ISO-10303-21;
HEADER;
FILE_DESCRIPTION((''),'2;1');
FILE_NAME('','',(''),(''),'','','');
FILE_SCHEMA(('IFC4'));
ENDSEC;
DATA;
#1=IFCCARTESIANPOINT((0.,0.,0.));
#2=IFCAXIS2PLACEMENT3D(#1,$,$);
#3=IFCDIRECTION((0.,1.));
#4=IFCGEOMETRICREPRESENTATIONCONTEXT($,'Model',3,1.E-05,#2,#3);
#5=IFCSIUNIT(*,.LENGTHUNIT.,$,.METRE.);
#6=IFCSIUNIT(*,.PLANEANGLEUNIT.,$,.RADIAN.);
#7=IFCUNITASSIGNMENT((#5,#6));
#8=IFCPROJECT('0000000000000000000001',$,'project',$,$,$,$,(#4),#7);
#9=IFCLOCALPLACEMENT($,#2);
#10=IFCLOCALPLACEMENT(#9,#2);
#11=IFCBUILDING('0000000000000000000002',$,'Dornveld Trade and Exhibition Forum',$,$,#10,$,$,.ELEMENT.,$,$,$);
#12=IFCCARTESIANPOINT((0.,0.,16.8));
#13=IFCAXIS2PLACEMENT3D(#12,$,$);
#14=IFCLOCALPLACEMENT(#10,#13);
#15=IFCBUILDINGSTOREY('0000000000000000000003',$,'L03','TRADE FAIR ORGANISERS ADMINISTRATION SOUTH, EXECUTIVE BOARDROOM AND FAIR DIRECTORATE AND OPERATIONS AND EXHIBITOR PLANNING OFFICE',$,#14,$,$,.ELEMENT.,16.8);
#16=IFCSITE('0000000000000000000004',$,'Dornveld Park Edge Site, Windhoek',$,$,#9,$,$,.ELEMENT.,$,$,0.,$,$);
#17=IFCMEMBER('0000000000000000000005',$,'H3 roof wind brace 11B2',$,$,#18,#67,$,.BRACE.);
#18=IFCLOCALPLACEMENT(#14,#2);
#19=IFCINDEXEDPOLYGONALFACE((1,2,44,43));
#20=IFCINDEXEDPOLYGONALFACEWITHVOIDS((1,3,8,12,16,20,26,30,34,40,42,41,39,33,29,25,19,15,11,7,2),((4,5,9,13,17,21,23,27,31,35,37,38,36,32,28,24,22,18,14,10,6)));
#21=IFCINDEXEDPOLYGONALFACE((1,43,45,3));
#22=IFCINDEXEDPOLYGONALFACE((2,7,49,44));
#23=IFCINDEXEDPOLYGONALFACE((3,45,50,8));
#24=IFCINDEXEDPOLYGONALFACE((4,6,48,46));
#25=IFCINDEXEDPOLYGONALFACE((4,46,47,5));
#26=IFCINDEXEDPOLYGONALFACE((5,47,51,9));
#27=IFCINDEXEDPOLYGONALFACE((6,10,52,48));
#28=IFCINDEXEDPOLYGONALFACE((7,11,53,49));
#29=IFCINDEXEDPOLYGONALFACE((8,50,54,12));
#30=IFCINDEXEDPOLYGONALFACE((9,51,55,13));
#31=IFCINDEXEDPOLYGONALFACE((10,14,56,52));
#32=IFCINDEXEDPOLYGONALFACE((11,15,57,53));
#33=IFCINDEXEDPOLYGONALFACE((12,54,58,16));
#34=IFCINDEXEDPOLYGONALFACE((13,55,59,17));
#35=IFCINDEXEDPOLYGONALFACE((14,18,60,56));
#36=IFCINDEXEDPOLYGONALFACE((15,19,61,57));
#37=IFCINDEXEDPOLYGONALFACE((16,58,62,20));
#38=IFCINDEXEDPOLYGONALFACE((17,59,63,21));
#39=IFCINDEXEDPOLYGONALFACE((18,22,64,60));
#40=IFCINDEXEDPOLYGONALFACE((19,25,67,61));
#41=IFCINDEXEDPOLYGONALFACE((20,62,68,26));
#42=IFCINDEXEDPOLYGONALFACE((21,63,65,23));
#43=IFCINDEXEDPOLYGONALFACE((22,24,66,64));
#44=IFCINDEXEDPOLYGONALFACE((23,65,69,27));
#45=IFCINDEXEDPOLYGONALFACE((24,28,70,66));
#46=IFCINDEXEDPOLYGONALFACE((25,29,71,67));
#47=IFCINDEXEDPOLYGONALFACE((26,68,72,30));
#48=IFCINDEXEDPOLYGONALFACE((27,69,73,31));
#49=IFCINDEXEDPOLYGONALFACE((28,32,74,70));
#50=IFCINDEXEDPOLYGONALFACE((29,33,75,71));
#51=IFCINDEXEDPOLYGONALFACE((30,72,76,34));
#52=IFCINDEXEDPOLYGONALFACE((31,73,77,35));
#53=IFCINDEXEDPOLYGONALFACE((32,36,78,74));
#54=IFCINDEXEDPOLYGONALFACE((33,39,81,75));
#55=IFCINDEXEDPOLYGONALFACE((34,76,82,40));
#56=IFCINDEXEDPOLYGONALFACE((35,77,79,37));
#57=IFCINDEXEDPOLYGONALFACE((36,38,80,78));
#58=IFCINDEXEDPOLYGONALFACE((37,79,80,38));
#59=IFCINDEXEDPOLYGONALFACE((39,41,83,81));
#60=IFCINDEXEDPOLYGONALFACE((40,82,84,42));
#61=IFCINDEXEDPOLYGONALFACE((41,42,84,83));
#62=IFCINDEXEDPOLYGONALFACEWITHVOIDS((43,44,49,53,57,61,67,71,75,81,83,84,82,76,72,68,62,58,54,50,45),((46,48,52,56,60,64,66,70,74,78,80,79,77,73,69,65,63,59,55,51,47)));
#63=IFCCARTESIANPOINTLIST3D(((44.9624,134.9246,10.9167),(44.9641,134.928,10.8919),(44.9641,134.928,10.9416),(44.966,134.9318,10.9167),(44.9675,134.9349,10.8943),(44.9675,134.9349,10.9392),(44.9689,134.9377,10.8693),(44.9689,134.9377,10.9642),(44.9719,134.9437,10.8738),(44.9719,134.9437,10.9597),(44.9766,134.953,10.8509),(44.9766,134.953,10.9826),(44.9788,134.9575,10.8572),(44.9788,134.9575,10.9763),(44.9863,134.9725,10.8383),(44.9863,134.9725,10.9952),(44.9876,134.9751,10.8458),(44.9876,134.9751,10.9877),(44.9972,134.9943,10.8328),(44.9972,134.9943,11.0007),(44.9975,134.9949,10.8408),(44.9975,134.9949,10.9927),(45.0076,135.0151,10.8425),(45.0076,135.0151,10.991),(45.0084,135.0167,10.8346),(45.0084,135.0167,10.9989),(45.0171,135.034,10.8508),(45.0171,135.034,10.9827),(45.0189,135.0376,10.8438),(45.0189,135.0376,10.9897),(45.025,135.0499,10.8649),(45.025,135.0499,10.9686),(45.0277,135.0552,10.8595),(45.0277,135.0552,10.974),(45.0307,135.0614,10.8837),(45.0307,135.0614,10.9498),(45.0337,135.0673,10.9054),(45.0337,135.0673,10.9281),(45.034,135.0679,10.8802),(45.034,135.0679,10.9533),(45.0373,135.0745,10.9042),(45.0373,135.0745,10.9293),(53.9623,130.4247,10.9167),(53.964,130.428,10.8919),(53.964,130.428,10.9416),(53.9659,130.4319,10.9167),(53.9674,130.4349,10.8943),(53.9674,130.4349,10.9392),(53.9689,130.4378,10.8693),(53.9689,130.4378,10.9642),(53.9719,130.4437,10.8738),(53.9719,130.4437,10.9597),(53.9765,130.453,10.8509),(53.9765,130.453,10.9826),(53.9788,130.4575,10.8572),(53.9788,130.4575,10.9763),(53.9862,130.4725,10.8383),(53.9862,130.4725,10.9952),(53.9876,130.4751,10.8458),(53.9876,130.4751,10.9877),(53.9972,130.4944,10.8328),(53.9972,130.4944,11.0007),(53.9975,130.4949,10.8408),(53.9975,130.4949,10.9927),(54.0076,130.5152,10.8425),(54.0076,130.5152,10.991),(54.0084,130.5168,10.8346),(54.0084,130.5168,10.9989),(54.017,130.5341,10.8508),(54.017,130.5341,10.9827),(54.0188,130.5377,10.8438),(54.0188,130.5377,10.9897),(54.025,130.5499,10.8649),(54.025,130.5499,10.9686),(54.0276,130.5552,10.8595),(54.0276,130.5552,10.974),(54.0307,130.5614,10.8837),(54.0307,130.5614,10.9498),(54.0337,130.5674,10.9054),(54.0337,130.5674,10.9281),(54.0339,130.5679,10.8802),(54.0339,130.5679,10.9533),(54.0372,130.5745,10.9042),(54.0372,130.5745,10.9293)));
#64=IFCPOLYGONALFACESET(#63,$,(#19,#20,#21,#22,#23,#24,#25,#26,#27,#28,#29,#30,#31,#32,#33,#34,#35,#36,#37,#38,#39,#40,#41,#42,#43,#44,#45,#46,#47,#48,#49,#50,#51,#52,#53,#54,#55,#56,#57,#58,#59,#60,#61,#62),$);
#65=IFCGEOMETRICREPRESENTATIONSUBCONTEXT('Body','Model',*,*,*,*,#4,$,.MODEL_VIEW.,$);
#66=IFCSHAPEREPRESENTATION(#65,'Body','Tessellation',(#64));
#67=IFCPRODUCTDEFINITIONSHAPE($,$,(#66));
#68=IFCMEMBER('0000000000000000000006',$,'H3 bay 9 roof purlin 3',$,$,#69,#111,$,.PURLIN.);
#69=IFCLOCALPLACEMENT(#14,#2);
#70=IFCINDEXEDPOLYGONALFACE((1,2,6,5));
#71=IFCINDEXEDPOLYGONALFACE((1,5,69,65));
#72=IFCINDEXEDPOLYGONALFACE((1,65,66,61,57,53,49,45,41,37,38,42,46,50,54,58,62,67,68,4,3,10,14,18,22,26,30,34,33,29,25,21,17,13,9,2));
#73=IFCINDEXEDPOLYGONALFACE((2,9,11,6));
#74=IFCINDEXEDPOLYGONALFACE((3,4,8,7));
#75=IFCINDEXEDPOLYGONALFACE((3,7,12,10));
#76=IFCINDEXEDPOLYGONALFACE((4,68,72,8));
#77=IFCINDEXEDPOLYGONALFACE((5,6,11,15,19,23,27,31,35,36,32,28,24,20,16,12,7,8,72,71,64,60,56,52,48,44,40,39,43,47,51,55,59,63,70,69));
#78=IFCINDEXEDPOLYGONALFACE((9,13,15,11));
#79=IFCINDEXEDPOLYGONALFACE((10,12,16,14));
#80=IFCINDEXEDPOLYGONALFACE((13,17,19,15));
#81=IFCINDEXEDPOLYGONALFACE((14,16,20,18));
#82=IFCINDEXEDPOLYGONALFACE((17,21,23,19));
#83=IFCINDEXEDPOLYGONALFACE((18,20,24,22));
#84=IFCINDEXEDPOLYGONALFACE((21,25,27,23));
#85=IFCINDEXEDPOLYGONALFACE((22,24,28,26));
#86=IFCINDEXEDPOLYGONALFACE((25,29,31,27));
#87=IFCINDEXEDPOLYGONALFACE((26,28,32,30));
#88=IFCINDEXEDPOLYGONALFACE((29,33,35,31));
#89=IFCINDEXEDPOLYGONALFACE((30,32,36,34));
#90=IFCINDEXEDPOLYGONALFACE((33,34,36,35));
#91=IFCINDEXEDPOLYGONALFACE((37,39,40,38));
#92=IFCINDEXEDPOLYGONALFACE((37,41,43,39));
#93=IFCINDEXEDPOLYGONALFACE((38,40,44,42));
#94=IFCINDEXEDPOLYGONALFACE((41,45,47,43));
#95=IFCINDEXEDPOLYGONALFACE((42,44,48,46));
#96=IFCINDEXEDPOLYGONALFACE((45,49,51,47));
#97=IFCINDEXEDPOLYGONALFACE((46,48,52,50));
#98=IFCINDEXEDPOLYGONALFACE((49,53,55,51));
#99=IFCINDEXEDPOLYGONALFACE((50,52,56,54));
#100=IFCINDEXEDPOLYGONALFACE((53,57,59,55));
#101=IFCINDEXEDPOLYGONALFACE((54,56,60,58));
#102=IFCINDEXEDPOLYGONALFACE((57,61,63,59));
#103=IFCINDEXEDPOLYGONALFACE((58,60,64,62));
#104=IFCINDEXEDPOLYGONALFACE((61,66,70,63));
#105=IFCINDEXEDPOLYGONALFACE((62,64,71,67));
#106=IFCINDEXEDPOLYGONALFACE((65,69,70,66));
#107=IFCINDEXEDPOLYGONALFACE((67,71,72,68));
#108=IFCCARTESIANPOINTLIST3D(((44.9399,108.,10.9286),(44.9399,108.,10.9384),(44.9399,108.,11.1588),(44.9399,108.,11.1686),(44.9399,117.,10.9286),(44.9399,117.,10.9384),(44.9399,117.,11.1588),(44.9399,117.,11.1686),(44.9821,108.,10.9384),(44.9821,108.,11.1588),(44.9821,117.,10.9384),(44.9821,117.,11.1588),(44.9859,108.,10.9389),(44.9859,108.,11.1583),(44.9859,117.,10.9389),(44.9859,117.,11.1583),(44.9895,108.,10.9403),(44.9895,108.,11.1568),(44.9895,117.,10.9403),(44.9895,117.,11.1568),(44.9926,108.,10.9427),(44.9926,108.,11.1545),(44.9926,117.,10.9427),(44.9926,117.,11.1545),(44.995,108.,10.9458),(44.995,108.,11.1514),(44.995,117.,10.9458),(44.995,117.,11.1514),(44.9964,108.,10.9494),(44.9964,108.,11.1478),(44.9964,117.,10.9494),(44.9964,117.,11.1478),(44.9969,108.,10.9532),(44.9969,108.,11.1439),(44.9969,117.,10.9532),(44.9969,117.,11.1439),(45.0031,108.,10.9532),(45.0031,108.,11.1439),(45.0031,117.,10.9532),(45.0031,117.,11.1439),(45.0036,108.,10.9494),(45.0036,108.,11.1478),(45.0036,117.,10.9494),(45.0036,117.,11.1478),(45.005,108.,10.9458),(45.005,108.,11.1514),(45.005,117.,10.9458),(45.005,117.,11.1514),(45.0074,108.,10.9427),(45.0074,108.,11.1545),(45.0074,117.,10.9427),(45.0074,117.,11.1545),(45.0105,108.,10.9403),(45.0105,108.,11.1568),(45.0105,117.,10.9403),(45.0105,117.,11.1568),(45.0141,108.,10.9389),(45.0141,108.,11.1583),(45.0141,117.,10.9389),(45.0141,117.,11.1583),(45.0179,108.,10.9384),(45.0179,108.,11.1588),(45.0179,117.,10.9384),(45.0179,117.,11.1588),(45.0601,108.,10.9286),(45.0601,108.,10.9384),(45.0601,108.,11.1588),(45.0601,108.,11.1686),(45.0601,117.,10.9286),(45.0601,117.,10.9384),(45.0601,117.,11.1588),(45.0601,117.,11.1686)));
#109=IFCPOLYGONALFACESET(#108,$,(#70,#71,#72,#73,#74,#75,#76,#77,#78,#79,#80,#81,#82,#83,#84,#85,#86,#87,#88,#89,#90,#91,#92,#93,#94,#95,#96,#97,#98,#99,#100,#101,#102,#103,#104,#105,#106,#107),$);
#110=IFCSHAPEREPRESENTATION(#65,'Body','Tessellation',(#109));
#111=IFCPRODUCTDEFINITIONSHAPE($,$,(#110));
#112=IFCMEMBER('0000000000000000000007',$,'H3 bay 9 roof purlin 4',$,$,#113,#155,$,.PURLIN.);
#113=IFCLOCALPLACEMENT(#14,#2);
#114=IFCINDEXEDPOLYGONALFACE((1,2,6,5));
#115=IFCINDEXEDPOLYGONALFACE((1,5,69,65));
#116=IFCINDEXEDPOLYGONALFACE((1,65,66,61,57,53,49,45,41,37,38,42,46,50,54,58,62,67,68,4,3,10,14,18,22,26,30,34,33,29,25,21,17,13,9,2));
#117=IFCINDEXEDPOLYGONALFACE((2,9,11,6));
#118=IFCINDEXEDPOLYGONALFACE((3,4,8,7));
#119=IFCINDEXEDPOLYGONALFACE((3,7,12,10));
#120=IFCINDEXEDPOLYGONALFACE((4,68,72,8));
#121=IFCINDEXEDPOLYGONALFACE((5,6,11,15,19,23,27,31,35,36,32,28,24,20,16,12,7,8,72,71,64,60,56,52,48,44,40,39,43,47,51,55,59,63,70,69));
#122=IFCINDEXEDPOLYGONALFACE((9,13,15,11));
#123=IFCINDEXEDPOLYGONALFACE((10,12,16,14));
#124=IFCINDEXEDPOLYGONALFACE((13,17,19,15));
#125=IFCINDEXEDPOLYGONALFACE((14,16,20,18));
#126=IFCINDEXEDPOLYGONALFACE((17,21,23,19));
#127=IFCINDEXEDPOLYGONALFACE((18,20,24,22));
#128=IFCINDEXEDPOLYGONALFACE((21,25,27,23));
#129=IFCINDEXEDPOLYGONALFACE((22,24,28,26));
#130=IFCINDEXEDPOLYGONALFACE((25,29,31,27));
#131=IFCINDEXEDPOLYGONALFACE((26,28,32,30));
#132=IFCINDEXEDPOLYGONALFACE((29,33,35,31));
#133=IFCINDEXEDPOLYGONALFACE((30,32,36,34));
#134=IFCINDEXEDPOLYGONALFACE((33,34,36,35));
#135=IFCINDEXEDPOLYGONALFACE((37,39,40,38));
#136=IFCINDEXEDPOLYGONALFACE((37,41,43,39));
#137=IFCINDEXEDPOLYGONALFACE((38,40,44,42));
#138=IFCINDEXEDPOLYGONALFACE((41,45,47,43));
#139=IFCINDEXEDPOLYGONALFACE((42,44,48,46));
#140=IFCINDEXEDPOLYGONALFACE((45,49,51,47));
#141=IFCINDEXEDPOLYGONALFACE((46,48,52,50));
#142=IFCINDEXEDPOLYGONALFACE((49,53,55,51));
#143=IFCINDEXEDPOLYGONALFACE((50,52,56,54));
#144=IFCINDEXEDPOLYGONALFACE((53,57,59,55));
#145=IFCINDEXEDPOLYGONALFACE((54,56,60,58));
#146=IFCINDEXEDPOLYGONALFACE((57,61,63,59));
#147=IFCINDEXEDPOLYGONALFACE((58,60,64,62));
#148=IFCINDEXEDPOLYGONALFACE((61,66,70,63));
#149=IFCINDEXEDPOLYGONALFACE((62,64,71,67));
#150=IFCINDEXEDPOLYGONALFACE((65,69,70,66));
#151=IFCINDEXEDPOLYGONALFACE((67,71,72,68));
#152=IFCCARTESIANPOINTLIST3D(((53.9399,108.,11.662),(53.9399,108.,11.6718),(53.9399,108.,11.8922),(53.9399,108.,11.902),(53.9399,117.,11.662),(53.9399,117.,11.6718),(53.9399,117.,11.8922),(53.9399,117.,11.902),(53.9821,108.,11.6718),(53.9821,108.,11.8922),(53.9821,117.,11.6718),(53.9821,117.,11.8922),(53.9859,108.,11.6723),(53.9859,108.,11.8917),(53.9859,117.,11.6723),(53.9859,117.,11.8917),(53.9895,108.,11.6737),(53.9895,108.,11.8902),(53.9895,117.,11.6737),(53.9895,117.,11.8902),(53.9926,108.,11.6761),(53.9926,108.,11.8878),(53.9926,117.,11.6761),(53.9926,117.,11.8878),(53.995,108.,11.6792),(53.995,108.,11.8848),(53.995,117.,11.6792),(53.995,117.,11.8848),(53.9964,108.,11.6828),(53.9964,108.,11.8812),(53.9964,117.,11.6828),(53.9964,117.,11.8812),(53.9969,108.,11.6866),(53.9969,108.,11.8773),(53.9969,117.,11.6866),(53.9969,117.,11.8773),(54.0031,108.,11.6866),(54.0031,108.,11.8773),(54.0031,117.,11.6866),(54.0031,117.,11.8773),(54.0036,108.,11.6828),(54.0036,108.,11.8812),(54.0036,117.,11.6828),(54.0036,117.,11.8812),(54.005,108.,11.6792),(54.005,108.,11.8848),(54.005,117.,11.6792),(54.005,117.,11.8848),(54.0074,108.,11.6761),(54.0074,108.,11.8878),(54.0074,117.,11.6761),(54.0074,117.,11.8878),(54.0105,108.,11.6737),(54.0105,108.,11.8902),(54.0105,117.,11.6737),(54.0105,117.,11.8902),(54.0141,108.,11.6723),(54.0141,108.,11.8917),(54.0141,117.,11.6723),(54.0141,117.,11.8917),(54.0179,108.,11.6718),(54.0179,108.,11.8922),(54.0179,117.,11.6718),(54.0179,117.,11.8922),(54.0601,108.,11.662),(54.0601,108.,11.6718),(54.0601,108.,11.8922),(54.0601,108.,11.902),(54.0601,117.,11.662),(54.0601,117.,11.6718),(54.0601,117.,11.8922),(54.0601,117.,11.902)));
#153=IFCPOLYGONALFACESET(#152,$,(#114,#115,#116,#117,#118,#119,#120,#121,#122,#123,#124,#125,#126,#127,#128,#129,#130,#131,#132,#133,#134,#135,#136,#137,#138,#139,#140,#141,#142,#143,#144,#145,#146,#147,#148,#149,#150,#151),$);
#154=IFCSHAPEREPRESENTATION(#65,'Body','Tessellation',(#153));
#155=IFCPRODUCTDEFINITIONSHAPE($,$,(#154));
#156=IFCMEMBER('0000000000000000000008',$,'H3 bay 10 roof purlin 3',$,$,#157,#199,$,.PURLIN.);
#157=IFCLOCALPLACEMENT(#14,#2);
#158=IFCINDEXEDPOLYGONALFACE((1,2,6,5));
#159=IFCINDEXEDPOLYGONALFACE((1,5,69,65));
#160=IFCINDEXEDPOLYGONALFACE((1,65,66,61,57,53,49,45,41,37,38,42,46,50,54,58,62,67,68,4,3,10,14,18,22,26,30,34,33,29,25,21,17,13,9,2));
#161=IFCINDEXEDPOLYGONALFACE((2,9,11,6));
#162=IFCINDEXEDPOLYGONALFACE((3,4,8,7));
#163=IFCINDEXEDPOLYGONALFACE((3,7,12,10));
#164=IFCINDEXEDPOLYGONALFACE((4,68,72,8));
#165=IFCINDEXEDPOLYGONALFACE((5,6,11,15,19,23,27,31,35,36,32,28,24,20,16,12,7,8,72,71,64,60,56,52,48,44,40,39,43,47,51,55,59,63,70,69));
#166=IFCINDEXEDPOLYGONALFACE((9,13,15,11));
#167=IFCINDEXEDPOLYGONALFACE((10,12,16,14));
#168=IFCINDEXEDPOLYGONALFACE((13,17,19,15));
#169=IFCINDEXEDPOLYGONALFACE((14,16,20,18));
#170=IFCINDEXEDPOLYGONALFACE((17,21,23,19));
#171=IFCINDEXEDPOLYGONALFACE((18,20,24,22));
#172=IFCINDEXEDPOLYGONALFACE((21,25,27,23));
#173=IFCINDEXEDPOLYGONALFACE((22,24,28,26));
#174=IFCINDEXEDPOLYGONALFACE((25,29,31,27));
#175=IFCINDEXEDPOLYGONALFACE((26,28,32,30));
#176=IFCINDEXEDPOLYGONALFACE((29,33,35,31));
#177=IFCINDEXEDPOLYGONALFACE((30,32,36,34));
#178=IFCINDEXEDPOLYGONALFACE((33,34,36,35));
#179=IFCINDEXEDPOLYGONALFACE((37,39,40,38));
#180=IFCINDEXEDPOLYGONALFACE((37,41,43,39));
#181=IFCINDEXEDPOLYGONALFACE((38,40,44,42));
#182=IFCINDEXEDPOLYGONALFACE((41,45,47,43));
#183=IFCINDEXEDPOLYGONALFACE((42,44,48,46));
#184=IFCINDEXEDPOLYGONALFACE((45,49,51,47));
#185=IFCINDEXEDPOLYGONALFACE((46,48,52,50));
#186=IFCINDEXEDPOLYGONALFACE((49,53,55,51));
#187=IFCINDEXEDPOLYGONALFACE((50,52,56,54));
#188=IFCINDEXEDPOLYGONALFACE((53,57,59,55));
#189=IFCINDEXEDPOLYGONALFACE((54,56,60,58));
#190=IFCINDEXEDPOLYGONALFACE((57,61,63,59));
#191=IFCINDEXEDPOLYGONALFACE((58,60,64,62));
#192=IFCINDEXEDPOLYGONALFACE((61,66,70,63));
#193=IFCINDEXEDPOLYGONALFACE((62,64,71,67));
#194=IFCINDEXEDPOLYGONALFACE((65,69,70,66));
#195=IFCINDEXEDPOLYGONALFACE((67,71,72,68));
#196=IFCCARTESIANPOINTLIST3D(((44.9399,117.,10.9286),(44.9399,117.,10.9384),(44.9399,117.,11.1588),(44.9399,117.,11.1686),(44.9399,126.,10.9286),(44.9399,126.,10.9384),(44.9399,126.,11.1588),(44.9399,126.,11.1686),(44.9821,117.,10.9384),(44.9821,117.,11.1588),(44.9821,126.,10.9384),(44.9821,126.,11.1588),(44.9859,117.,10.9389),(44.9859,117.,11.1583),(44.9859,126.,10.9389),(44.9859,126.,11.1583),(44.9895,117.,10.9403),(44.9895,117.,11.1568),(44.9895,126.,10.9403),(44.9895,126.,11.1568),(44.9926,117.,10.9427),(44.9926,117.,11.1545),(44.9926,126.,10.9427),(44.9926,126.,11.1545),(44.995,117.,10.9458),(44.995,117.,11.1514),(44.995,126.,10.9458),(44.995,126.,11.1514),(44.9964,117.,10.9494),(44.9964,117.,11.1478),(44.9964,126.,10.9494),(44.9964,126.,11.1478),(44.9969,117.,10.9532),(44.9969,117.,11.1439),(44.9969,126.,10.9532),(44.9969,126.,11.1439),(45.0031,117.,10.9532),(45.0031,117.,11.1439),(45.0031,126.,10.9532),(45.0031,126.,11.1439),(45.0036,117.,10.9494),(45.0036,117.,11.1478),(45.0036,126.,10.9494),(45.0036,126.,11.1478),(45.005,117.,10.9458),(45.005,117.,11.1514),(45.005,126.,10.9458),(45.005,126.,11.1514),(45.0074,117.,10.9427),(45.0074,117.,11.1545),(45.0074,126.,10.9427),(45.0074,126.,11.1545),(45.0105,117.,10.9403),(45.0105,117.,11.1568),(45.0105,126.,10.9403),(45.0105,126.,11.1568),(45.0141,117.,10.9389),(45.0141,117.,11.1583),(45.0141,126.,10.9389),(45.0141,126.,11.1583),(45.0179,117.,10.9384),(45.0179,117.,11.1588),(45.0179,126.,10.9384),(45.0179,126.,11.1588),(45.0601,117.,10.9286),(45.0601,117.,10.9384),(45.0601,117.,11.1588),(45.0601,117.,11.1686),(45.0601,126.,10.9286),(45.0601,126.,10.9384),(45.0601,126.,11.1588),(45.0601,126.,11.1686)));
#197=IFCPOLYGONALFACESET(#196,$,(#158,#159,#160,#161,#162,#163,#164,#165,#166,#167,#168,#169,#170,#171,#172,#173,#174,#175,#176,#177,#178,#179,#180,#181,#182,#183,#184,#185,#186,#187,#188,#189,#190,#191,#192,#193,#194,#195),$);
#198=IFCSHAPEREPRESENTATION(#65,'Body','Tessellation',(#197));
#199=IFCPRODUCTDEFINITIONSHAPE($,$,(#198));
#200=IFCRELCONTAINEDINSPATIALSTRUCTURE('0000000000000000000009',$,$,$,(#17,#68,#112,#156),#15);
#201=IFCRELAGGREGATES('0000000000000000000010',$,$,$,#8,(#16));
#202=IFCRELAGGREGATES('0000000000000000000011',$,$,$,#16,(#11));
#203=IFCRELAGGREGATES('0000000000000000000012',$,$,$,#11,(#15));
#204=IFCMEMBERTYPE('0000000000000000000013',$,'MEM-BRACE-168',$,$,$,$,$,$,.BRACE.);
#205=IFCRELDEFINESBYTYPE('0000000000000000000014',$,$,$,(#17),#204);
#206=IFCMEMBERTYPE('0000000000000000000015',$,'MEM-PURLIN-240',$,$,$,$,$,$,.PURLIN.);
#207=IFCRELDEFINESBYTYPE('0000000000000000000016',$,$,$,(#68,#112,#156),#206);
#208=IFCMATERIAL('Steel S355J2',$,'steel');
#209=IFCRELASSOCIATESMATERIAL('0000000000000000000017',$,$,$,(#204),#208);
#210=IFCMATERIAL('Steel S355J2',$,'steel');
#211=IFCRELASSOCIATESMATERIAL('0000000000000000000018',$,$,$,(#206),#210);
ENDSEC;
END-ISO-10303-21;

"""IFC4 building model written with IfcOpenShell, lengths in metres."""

from ifc_helpers import new_model, si_unit, direction, frame, origin, origin_2d, place, context, subcontext, project, spatial, hollow_circle, i_section, extrude, material, material_profile, profile_set, type_object, element, save


model = new_model("IFC4")

# Units and contexts
model_context = context("Model", 3, precision=1e-05, world=origin(), true_north=direction((0.0, 1.0)))
body_context = subcontext(model_context, "Body", "Model", "MODEL_VIEW")
ifc_project = project(units=[si_unit("LENGTHUNIT", "METRE"), si_unit("PLANEANGLEUNIT", "RADIAN")], contexts=[model_context])

# Site, building, storey
site_placement = place(None, origin())
site = spatial("IfcSite", under=ifc_project, at=site_placement, Name="Dornveld Park Edge Site, Windhoek", CompositionType="ELEMENT", RefElevation=0.0)
building_placement = place(site_placement, origin())
building = spatial("IfcBuilding", under=site, at=building_placement, Name="Dornveld Trade and Exhibition Forum", CompositionType="ELEMENT")
storey_placement = place(building_placement, frame((0.0, 0.0, 16.8)))
storey = spatial("IfcBuildingStorey", under=building, at=storey_placement, Name="L03", Description="TRADE FAIR ORGANISERS ADMINISTRATION SOUTH, EXECUTIVE BOARDROOM AND FAIR DIRECTORATE AND OPERATIONS AND EXHIBITOR PLANNING OFFICE", CompositionType="ELEMENT", Elevation=16.8)

# Members
ifc_material_1 = material(Name="Steel S355J2", Category="steel")
ifc_material_profile_1 = material_profile(ifc_material_1, hollow_circle(Radius=0.0842, WallThickness=0.0081, at=origin_2d()), Name="CHS 168.3x8")
ifc_profile_set_1 = profile_set([ifc_material_profile_1], Name="Steel S355J2")
member_type_1 = type_object("IfcMemberType", Name="MEM-BRACE-168", PredefinedType="BRACE", material=ifc_profile_set_1)
member_1_placement = place(storey_placement, frame((54.0, 130.5, 10.9167), z_axis=(-0.894427, 0.447214, 0.0), x_axis=(-0.447214, -0.894427, 0.0)))
element("IfcMember", 1, at=member_1_placement, inside=storey, type_object=member_type_1, Name="H3 roof wind brace 11B2", PredefinedType="BRACE", context=body_context, shape_type="SweptSolid", body=[
    extrude(hollow_circle(Radius=0.0842, WallThickness=0.0081, at=origin_2d()), origin(), (0.0, 0.0, 1.0), 10.0623),
])
ifc_material_2 = material(Name="Steel S355J2", Category="steel")
ifc_material_profile_2 = material_profile(ifc_material_2, i_section(OverallWidth=0.1201, OverallDepth=0.24, WebThickness=0.0061, FlangeThickness=0.0098, FilletRadius=0.0149, at=origin_2d()), Name="IPE 240")
ifc_profile_set_2 = profile_set([ifc_material_profile_2], Name="Steel S355J2")
member_type_2 = type_object("IfcMemberType", Name="MEM-PURLIN-240", PredefinedType="PURLIN", material=ifc_profile_set_2)
for number, where, z_axis, x_axis, name in (
    (2, (45.0, 108.0, 11.0486), (0.0, 1.0, 0.0), (-1.0, 0.0, 0.0), "H3 bay 9 roof purlin 3"),
    (3, (54.0, 108.0, 11.782), (0.0, 1.0, 0.0), (-1.0, 0.0, 0.0), "H3 bay 9 roof purlin 4"),
    (4, (45.0, 117.0, 11.0486), (0.0, 1.0, 0.0), (-1.0, 0.0, 0.0), "H3 bay 10 roof purlin 3"),
):
    element("IfcMember", number, at=place(storey_placement, frame(where, z_axis=z_axis, x_axis=x_axis)), inside=storey, type_object=member_type_2, Name=name, PredefinedType="PURLIN", context=body_context, shape_type="SweptSolid", body=[
        extrude(i_section(OverallWidth=0.1201, OverallDepth=0.24, WebThickness=0.0061, FlangeThickness=0.0098, FilletRadius=0.0149, at=origin_2d()), origin(), (0.0, 0.0, 1.0), 9.0),
    ])

save(model, "model.ifc")
